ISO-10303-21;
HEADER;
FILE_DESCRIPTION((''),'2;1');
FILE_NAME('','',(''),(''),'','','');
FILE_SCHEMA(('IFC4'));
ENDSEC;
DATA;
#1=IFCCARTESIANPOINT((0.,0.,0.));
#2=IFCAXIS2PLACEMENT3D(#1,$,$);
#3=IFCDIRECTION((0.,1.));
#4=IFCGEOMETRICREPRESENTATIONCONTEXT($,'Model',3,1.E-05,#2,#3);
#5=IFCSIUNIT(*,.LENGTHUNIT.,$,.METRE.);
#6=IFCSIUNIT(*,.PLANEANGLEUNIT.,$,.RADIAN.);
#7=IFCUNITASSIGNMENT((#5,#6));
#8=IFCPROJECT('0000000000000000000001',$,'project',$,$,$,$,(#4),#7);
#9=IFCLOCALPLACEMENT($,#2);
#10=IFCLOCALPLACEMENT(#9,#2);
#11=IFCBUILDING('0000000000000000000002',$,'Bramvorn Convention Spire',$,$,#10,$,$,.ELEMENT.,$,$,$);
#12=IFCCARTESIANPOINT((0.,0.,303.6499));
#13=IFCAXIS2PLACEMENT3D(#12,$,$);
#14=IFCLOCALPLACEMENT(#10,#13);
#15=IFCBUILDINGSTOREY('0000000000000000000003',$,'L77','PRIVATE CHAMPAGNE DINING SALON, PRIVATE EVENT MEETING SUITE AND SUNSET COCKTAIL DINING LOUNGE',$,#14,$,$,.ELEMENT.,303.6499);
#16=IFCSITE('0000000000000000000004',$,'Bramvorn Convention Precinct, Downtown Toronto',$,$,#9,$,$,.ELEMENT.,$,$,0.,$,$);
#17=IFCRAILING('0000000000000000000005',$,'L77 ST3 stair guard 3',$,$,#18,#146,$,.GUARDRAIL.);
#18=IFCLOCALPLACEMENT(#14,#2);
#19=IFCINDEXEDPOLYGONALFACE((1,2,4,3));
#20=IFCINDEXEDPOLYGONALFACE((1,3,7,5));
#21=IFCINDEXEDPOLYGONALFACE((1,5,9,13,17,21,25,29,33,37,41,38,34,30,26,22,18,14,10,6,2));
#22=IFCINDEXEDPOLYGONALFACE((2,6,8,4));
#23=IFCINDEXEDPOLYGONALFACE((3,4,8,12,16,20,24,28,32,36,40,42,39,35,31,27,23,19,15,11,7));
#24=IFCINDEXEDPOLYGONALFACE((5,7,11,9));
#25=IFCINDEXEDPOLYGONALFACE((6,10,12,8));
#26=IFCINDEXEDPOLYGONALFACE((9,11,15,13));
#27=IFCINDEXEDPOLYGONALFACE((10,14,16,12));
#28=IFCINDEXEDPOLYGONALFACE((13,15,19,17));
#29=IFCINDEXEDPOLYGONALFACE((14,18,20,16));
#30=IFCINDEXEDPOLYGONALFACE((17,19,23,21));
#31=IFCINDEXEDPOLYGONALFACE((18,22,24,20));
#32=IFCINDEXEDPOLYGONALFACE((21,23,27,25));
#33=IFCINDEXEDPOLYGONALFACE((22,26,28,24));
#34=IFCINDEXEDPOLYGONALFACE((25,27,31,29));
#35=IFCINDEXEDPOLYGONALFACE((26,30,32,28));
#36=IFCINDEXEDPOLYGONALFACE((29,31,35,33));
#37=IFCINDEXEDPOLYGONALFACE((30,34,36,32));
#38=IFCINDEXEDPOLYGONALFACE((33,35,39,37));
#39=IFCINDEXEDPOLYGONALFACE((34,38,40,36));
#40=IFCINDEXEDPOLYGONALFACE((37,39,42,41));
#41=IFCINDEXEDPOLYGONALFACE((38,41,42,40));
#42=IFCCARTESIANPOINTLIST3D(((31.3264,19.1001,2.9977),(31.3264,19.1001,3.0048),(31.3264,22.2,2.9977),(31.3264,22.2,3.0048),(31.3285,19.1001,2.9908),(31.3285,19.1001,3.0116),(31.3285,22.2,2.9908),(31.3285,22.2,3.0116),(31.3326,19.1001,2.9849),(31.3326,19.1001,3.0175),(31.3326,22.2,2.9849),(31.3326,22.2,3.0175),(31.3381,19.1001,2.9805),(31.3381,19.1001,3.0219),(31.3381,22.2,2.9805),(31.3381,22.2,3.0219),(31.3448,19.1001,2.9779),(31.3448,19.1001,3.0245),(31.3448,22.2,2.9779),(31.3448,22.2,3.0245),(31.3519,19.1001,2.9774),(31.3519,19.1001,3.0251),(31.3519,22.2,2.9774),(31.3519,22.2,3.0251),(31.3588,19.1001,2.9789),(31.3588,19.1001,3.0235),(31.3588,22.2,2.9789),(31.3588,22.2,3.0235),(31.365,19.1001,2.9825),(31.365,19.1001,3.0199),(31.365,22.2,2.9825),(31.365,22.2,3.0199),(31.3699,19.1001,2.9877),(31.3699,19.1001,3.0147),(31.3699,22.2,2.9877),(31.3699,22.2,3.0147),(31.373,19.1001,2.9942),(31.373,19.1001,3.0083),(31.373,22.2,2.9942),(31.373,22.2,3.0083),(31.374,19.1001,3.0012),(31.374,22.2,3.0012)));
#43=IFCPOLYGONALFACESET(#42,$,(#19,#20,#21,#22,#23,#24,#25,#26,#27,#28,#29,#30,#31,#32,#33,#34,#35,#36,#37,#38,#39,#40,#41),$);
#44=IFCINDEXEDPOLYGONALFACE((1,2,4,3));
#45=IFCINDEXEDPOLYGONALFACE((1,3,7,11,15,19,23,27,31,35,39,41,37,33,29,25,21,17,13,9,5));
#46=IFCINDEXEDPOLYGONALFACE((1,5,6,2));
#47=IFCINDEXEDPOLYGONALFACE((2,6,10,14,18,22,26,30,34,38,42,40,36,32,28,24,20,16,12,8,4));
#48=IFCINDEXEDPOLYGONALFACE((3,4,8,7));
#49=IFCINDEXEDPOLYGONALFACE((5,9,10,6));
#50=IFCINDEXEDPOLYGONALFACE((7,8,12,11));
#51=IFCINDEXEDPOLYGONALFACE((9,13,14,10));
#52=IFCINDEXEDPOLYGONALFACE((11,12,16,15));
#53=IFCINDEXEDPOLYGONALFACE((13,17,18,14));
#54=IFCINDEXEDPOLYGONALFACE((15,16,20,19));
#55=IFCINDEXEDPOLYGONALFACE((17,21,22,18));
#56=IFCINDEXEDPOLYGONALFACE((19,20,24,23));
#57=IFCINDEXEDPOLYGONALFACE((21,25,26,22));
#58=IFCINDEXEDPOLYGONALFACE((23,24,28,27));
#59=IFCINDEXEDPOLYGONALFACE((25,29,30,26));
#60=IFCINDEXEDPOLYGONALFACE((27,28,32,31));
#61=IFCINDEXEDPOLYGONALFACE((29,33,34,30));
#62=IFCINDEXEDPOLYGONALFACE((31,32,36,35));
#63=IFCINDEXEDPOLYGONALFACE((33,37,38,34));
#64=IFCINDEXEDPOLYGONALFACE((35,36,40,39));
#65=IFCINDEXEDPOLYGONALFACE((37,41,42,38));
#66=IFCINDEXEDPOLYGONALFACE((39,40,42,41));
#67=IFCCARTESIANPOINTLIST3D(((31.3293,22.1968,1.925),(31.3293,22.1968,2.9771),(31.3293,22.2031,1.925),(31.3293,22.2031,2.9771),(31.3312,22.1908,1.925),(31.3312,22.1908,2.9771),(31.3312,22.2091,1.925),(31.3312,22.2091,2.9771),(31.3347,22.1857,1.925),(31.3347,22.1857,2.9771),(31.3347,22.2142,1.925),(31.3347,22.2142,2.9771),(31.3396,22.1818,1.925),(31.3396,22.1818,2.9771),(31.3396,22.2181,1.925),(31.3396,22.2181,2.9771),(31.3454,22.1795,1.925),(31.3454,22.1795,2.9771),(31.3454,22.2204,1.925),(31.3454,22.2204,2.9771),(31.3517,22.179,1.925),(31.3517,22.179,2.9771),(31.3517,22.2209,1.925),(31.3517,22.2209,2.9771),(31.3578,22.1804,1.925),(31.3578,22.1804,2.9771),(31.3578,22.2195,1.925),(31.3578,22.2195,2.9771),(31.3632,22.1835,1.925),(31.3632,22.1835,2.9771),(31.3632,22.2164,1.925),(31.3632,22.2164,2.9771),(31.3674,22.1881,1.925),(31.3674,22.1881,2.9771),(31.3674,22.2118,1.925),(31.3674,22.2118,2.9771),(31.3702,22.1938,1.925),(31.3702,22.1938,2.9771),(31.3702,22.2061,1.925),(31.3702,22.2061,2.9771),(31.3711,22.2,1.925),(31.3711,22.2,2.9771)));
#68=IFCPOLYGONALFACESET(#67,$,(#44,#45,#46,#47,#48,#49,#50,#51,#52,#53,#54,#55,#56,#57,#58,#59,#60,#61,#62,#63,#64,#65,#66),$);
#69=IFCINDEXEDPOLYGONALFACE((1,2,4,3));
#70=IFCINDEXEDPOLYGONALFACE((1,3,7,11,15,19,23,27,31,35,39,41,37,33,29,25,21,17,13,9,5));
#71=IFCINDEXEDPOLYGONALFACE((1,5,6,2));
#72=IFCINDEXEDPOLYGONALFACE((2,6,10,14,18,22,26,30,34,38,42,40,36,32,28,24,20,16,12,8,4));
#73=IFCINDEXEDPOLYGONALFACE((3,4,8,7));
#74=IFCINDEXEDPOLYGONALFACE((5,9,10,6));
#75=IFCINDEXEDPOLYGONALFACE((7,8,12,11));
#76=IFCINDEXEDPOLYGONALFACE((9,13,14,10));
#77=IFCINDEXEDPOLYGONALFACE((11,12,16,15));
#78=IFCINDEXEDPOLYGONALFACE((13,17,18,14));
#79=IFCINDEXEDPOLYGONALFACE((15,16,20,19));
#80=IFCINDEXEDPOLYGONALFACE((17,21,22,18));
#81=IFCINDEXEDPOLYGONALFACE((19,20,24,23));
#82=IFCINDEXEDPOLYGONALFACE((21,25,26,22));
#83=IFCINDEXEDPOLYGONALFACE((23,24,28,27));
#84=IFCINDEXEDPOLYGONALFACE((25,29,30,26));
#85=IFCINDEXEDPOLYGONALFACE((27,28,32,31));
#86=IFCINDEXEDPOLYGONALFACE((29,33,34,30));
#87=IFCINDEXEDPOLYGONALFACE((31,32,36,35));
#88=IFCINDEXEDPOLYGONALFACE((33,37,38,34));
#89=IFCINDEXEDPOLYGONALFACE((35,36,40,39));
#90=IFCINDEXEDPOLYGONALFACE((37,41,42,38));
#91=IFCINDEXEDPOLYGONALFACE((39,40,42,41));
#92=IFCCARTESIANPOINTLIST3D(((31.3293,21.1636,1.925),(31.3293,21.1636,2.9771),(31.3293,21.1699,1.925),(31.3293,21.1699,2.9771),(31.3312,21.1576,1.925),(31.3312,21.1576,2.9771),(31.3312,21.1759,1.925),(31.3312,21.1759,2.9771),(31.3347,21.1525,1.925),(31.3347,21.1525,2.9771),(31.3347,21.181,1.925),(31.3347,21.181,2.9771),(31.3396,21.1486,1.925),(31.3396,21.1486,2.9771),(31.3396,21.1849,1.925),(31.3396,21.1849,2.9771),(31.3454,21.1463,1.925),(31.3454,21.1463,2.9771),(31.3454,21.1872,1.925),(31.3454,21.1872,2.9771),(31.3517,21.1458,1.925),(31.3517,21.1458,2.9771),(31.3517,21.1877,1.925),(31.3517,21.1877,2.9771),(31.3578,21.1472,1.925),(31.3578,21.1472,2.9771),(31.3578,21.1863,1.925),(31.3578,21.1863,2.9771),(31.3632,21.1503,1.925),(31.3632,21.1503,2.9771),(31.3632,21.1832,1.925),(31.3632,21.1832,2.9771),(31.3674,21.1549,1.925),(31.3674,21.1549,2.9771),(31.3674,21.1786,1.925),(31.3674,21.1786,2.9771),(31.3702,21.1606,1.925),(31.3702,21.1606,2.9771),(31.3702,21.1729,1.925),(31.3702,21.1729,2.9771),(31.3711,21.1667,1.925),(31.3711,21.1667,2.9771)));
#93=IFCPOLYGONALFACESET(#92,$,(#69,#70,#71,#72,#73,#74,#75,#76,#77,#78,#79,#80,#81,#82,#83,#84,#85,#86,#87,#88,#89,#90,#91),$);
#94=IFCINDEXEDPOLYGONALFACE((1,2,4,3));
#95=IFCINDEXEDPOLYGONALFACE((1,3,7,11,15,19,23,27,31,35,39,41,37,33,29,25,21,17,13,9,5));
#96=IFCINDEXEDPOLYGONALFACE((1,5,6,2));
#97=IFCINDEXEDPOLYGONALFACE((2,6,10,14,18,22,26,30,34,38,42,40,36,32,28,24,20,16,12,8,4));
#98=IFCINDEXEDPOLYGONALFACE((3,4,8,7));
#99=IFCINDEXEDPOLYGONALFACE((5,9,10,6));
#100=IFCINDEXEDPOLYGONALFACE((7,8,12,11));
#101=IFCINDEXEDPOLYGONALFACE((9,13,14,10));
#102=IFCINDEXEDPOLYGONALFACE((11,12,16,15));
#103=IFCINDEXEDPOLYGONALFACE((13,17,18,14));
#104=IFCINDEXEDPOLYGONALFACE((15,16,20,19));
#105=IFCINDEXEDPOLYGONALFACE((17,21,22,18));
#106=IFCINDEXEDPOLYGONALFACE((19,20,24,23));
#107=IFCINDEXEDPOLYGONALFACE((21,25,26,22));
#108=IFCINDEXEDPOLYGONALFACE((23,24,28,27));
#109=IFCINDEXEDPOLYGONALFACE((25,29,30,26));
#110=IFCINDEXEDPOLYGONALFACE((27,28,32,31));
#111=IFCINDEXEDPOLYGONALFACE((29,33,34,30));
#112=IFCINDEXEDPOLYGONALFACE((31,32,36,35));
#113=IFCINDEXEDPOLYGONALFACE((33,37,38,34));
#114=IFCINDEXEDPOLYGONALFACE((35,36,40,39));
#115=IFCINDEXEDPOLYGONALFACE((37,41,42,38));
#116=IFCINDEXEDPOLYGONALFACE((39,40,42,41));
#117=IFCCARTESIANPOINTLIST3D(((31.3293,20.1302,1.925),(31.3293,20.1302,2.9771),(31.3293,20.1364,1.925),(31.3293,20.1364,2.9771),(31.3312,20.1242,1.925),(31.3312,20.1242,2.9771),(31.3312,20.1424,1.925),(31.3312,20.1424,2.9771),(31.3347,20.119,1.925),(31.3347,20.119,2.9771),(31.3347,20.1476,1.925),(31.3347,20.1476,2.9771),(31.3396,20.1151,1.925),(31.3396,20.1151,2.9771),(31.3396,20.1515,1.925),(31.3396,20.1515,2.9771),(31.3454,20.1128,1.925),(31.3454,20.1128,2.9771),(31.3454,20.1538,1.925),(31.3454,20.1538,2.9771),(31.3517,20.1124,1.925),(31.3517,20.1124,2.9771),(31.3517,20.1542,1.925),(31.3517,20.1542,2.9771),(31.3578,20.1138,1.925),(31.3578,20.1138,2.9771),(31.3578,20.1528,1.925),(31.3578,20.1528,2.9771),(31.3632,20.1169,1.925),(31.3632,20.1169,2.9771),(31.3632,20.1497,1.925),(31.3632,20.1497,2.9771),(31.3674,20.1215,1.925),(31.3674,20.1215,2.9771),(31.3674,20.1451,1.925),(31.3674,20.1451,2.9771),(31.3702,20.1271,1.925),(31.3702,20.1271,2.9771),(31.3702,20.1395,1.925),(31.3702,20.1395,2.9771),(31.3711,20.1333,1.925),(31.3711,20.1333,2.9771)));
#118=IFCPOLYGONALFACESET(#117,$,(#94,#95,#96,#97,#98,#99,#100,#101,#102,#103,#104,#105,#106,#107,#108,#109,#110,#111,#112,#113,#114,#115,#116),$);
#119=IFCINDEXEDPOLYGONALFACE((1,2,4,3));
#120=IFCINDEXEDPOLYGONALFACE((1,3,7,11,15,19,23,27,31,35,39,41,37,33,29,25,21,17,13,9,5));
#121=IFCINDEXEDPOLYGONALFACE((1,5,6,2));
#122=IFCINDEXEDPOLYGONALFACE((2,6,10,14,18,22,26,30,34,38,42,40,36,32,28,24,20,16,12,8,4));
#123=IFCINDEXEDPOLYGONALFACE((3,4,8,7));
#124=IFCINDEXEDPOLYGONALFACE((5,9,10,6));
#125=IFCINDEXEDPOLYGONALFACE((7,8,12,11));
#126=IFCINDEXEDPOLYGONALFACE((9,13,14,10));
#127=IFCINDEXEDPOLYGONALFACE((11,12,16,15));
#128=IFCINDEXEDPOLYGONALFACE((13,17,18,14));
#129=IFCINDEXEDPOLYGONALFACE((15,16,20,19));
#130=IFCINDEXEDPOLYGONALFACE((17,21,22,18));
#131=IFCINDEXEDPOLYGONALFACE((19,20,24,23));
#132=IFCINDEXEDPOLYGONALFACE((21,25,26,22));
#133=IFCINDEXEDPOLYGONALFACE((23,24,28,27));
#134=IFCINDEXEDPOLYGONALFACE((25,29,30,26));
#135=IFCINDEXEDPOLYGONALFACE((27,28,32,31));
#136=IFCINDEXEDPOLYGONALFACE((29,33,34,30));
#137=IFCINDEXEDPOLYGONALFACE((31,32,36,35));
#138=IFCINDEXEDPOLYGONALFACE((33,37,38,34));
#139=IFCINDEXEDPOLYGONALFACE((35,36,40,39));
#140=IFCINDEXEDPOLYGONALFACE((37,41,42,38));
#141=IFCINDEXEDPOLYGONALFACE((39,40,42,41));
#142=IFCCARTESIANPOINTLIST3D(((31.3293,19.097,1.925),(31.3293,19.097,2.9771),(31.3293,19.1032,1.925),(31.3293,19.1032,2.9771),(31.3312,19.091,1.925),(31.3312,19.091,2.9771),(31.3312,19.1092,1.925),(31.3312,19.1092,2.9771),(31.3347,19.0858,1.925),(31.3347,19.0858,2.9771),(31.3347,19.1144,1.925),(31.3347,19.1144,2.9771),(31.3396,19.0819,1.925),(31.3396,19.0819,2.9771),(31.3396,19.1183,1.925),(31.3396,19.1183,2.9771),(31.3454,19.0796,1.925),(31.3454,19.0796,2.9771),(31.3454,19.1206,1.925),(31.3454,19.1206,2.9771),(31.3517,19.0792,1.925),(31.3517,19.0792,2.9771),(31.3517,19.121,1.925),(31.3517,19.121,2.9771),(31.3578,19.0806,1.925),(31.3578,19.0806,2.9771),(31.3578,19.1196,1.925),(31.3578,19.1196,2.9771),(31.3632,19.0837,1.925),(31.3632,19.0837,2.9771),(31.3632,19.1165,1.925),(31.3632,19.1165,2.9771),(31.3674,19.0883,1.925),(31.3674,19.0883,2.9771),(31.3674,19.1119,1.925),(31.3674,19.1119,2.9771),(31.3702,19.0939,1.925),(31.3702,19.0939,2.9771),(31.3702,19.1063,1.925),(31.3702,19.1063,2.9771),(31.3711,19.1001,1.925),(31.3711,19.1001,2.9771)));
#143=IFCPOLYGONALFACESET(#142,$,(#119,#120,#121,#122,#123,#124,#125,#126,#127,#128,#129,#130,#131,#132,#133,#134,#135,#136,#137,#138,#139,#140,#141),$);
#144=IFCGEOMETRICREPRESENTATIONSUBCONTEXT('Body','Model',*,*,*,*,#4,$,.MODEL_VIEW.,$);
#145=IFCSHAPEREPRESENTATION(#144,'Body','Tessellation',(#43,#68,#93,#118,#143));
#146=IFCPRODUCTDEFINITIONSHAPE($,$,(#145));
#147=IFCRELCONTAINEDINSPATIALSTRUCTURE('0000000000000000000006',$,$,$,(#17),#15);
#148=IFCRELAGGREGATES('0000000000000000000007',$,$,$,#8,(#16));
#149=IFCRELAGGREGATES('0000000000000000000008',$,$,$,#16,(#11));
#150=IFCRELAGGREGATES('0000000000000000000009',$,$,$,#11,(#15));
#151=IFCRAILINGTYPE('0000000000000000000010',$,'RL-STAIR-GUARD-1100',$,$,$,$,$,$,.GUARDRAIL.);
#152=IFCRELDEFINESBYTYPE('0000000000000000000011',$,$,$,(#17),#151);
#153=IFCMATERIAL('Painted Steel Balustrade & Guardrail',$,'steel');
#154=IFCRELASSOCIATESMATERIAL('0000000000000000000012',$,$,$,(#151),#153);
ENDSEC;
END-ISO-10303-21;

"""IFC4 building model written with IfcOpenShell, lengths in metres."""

from ifc_helpers import new_model, si_unit, direction, frame, origin, origin_2d, place, context, subcontext, project, spatial, circle, extrude, material, type_object, element, save


model = new_model("IFC4")

# Units and contexts
model_context = context("Model", 3, precision=1e-05, world=origin(), true_north=direction((0.0, 1.0)))
body_context = subcontext(model_context, "Body", "Model", "MODEL_VIEW")
ifc_project = project(units=[si_unit("LENGTHUNIT", "METRE"), si_unit("PLANEANGLEUNIT", "RADIAN")], contexts=[model_context])

# Site, building, storey
site_placement = place(None, origin())
site = spatial("IfcSite", under=ifc_project, at=site_placement, Name="Bramvorn Convention Precinct, Downtown Toronto", CompositionType="ELEMENT", RefElevation=0.0)
building_placement = place(site_placement, origin())
building = spatial("IfcBuilding", under=site, at=building_placement, Name="Bramvorn Convention Spire", CompositionType="ELEMENT")
storey_placement = place(building_placement, frame((0.0, 0.0, 303.6499)))
storey = spatial("IfcBuildingStorey", under=building, at=storey_placement, Name="L77", Description="PRIVATE CHAMPAGNE DINING SALON, PRIVATE EVENT MEETING SUITE AND SUNSET COCKTAIL DINING LOUNGE", CompositionType="ELEMENT", Elevation=303.6499)

# Railing
ifc_material_1 = material(Name="Painted Steel Balustrade & Guardrail", Category="steel")
railing_type_1 = type_object("IfcRailingType", Name="RL-STAIR-GUARD-1100", PredefinedType="GUARDRAIL", material=ifc_material_1)
for number, where, name in (
    (1, (31.3501, 22.2, 1.925), "L77 ST3 stair guard 3"),
):
    element("IfcRailing", number, at=place(storey_placement, frame(where)), inside=storey, type_object=railing_type_1, Name=name, PredefinedType="GUARDRAIL", context=body_context, shape_type="SweptSolid", body=[
        extrude(circle(Radius=0.0239, at=origin_2d()), frame((0.0, 0.0, 1.0762), z_axis=(0.0, -1.0, 0.0), x_axis=(1.0, 0.0, 0.0)), (0.0, 0.0, 1.0), 3.0999),
        extrude(circle(Radius=0.021, at=origin_2d()), origin(), (0.0, 0.0, 1.0), 1.052),
        extrude(circle(Radius=0.021, at=origin_2d()), frame((0.0, -1.0332, 0.0)), (0.0, 0.0, 1.0), 1.052),
        extrude(circle(Radius=0.021, at=origin_2d()), frame((0.0, -2.0667, 0.0)), (0.0, 0.0, 1.0), 1.052),
        extrude(circle(Radius=0.021, at=origin_2d()), frame((0.0, -3.0999, 0.0)), (0.0, 0.0, 1.0), 1.052),
    ])

save(model, "model.ifc")
